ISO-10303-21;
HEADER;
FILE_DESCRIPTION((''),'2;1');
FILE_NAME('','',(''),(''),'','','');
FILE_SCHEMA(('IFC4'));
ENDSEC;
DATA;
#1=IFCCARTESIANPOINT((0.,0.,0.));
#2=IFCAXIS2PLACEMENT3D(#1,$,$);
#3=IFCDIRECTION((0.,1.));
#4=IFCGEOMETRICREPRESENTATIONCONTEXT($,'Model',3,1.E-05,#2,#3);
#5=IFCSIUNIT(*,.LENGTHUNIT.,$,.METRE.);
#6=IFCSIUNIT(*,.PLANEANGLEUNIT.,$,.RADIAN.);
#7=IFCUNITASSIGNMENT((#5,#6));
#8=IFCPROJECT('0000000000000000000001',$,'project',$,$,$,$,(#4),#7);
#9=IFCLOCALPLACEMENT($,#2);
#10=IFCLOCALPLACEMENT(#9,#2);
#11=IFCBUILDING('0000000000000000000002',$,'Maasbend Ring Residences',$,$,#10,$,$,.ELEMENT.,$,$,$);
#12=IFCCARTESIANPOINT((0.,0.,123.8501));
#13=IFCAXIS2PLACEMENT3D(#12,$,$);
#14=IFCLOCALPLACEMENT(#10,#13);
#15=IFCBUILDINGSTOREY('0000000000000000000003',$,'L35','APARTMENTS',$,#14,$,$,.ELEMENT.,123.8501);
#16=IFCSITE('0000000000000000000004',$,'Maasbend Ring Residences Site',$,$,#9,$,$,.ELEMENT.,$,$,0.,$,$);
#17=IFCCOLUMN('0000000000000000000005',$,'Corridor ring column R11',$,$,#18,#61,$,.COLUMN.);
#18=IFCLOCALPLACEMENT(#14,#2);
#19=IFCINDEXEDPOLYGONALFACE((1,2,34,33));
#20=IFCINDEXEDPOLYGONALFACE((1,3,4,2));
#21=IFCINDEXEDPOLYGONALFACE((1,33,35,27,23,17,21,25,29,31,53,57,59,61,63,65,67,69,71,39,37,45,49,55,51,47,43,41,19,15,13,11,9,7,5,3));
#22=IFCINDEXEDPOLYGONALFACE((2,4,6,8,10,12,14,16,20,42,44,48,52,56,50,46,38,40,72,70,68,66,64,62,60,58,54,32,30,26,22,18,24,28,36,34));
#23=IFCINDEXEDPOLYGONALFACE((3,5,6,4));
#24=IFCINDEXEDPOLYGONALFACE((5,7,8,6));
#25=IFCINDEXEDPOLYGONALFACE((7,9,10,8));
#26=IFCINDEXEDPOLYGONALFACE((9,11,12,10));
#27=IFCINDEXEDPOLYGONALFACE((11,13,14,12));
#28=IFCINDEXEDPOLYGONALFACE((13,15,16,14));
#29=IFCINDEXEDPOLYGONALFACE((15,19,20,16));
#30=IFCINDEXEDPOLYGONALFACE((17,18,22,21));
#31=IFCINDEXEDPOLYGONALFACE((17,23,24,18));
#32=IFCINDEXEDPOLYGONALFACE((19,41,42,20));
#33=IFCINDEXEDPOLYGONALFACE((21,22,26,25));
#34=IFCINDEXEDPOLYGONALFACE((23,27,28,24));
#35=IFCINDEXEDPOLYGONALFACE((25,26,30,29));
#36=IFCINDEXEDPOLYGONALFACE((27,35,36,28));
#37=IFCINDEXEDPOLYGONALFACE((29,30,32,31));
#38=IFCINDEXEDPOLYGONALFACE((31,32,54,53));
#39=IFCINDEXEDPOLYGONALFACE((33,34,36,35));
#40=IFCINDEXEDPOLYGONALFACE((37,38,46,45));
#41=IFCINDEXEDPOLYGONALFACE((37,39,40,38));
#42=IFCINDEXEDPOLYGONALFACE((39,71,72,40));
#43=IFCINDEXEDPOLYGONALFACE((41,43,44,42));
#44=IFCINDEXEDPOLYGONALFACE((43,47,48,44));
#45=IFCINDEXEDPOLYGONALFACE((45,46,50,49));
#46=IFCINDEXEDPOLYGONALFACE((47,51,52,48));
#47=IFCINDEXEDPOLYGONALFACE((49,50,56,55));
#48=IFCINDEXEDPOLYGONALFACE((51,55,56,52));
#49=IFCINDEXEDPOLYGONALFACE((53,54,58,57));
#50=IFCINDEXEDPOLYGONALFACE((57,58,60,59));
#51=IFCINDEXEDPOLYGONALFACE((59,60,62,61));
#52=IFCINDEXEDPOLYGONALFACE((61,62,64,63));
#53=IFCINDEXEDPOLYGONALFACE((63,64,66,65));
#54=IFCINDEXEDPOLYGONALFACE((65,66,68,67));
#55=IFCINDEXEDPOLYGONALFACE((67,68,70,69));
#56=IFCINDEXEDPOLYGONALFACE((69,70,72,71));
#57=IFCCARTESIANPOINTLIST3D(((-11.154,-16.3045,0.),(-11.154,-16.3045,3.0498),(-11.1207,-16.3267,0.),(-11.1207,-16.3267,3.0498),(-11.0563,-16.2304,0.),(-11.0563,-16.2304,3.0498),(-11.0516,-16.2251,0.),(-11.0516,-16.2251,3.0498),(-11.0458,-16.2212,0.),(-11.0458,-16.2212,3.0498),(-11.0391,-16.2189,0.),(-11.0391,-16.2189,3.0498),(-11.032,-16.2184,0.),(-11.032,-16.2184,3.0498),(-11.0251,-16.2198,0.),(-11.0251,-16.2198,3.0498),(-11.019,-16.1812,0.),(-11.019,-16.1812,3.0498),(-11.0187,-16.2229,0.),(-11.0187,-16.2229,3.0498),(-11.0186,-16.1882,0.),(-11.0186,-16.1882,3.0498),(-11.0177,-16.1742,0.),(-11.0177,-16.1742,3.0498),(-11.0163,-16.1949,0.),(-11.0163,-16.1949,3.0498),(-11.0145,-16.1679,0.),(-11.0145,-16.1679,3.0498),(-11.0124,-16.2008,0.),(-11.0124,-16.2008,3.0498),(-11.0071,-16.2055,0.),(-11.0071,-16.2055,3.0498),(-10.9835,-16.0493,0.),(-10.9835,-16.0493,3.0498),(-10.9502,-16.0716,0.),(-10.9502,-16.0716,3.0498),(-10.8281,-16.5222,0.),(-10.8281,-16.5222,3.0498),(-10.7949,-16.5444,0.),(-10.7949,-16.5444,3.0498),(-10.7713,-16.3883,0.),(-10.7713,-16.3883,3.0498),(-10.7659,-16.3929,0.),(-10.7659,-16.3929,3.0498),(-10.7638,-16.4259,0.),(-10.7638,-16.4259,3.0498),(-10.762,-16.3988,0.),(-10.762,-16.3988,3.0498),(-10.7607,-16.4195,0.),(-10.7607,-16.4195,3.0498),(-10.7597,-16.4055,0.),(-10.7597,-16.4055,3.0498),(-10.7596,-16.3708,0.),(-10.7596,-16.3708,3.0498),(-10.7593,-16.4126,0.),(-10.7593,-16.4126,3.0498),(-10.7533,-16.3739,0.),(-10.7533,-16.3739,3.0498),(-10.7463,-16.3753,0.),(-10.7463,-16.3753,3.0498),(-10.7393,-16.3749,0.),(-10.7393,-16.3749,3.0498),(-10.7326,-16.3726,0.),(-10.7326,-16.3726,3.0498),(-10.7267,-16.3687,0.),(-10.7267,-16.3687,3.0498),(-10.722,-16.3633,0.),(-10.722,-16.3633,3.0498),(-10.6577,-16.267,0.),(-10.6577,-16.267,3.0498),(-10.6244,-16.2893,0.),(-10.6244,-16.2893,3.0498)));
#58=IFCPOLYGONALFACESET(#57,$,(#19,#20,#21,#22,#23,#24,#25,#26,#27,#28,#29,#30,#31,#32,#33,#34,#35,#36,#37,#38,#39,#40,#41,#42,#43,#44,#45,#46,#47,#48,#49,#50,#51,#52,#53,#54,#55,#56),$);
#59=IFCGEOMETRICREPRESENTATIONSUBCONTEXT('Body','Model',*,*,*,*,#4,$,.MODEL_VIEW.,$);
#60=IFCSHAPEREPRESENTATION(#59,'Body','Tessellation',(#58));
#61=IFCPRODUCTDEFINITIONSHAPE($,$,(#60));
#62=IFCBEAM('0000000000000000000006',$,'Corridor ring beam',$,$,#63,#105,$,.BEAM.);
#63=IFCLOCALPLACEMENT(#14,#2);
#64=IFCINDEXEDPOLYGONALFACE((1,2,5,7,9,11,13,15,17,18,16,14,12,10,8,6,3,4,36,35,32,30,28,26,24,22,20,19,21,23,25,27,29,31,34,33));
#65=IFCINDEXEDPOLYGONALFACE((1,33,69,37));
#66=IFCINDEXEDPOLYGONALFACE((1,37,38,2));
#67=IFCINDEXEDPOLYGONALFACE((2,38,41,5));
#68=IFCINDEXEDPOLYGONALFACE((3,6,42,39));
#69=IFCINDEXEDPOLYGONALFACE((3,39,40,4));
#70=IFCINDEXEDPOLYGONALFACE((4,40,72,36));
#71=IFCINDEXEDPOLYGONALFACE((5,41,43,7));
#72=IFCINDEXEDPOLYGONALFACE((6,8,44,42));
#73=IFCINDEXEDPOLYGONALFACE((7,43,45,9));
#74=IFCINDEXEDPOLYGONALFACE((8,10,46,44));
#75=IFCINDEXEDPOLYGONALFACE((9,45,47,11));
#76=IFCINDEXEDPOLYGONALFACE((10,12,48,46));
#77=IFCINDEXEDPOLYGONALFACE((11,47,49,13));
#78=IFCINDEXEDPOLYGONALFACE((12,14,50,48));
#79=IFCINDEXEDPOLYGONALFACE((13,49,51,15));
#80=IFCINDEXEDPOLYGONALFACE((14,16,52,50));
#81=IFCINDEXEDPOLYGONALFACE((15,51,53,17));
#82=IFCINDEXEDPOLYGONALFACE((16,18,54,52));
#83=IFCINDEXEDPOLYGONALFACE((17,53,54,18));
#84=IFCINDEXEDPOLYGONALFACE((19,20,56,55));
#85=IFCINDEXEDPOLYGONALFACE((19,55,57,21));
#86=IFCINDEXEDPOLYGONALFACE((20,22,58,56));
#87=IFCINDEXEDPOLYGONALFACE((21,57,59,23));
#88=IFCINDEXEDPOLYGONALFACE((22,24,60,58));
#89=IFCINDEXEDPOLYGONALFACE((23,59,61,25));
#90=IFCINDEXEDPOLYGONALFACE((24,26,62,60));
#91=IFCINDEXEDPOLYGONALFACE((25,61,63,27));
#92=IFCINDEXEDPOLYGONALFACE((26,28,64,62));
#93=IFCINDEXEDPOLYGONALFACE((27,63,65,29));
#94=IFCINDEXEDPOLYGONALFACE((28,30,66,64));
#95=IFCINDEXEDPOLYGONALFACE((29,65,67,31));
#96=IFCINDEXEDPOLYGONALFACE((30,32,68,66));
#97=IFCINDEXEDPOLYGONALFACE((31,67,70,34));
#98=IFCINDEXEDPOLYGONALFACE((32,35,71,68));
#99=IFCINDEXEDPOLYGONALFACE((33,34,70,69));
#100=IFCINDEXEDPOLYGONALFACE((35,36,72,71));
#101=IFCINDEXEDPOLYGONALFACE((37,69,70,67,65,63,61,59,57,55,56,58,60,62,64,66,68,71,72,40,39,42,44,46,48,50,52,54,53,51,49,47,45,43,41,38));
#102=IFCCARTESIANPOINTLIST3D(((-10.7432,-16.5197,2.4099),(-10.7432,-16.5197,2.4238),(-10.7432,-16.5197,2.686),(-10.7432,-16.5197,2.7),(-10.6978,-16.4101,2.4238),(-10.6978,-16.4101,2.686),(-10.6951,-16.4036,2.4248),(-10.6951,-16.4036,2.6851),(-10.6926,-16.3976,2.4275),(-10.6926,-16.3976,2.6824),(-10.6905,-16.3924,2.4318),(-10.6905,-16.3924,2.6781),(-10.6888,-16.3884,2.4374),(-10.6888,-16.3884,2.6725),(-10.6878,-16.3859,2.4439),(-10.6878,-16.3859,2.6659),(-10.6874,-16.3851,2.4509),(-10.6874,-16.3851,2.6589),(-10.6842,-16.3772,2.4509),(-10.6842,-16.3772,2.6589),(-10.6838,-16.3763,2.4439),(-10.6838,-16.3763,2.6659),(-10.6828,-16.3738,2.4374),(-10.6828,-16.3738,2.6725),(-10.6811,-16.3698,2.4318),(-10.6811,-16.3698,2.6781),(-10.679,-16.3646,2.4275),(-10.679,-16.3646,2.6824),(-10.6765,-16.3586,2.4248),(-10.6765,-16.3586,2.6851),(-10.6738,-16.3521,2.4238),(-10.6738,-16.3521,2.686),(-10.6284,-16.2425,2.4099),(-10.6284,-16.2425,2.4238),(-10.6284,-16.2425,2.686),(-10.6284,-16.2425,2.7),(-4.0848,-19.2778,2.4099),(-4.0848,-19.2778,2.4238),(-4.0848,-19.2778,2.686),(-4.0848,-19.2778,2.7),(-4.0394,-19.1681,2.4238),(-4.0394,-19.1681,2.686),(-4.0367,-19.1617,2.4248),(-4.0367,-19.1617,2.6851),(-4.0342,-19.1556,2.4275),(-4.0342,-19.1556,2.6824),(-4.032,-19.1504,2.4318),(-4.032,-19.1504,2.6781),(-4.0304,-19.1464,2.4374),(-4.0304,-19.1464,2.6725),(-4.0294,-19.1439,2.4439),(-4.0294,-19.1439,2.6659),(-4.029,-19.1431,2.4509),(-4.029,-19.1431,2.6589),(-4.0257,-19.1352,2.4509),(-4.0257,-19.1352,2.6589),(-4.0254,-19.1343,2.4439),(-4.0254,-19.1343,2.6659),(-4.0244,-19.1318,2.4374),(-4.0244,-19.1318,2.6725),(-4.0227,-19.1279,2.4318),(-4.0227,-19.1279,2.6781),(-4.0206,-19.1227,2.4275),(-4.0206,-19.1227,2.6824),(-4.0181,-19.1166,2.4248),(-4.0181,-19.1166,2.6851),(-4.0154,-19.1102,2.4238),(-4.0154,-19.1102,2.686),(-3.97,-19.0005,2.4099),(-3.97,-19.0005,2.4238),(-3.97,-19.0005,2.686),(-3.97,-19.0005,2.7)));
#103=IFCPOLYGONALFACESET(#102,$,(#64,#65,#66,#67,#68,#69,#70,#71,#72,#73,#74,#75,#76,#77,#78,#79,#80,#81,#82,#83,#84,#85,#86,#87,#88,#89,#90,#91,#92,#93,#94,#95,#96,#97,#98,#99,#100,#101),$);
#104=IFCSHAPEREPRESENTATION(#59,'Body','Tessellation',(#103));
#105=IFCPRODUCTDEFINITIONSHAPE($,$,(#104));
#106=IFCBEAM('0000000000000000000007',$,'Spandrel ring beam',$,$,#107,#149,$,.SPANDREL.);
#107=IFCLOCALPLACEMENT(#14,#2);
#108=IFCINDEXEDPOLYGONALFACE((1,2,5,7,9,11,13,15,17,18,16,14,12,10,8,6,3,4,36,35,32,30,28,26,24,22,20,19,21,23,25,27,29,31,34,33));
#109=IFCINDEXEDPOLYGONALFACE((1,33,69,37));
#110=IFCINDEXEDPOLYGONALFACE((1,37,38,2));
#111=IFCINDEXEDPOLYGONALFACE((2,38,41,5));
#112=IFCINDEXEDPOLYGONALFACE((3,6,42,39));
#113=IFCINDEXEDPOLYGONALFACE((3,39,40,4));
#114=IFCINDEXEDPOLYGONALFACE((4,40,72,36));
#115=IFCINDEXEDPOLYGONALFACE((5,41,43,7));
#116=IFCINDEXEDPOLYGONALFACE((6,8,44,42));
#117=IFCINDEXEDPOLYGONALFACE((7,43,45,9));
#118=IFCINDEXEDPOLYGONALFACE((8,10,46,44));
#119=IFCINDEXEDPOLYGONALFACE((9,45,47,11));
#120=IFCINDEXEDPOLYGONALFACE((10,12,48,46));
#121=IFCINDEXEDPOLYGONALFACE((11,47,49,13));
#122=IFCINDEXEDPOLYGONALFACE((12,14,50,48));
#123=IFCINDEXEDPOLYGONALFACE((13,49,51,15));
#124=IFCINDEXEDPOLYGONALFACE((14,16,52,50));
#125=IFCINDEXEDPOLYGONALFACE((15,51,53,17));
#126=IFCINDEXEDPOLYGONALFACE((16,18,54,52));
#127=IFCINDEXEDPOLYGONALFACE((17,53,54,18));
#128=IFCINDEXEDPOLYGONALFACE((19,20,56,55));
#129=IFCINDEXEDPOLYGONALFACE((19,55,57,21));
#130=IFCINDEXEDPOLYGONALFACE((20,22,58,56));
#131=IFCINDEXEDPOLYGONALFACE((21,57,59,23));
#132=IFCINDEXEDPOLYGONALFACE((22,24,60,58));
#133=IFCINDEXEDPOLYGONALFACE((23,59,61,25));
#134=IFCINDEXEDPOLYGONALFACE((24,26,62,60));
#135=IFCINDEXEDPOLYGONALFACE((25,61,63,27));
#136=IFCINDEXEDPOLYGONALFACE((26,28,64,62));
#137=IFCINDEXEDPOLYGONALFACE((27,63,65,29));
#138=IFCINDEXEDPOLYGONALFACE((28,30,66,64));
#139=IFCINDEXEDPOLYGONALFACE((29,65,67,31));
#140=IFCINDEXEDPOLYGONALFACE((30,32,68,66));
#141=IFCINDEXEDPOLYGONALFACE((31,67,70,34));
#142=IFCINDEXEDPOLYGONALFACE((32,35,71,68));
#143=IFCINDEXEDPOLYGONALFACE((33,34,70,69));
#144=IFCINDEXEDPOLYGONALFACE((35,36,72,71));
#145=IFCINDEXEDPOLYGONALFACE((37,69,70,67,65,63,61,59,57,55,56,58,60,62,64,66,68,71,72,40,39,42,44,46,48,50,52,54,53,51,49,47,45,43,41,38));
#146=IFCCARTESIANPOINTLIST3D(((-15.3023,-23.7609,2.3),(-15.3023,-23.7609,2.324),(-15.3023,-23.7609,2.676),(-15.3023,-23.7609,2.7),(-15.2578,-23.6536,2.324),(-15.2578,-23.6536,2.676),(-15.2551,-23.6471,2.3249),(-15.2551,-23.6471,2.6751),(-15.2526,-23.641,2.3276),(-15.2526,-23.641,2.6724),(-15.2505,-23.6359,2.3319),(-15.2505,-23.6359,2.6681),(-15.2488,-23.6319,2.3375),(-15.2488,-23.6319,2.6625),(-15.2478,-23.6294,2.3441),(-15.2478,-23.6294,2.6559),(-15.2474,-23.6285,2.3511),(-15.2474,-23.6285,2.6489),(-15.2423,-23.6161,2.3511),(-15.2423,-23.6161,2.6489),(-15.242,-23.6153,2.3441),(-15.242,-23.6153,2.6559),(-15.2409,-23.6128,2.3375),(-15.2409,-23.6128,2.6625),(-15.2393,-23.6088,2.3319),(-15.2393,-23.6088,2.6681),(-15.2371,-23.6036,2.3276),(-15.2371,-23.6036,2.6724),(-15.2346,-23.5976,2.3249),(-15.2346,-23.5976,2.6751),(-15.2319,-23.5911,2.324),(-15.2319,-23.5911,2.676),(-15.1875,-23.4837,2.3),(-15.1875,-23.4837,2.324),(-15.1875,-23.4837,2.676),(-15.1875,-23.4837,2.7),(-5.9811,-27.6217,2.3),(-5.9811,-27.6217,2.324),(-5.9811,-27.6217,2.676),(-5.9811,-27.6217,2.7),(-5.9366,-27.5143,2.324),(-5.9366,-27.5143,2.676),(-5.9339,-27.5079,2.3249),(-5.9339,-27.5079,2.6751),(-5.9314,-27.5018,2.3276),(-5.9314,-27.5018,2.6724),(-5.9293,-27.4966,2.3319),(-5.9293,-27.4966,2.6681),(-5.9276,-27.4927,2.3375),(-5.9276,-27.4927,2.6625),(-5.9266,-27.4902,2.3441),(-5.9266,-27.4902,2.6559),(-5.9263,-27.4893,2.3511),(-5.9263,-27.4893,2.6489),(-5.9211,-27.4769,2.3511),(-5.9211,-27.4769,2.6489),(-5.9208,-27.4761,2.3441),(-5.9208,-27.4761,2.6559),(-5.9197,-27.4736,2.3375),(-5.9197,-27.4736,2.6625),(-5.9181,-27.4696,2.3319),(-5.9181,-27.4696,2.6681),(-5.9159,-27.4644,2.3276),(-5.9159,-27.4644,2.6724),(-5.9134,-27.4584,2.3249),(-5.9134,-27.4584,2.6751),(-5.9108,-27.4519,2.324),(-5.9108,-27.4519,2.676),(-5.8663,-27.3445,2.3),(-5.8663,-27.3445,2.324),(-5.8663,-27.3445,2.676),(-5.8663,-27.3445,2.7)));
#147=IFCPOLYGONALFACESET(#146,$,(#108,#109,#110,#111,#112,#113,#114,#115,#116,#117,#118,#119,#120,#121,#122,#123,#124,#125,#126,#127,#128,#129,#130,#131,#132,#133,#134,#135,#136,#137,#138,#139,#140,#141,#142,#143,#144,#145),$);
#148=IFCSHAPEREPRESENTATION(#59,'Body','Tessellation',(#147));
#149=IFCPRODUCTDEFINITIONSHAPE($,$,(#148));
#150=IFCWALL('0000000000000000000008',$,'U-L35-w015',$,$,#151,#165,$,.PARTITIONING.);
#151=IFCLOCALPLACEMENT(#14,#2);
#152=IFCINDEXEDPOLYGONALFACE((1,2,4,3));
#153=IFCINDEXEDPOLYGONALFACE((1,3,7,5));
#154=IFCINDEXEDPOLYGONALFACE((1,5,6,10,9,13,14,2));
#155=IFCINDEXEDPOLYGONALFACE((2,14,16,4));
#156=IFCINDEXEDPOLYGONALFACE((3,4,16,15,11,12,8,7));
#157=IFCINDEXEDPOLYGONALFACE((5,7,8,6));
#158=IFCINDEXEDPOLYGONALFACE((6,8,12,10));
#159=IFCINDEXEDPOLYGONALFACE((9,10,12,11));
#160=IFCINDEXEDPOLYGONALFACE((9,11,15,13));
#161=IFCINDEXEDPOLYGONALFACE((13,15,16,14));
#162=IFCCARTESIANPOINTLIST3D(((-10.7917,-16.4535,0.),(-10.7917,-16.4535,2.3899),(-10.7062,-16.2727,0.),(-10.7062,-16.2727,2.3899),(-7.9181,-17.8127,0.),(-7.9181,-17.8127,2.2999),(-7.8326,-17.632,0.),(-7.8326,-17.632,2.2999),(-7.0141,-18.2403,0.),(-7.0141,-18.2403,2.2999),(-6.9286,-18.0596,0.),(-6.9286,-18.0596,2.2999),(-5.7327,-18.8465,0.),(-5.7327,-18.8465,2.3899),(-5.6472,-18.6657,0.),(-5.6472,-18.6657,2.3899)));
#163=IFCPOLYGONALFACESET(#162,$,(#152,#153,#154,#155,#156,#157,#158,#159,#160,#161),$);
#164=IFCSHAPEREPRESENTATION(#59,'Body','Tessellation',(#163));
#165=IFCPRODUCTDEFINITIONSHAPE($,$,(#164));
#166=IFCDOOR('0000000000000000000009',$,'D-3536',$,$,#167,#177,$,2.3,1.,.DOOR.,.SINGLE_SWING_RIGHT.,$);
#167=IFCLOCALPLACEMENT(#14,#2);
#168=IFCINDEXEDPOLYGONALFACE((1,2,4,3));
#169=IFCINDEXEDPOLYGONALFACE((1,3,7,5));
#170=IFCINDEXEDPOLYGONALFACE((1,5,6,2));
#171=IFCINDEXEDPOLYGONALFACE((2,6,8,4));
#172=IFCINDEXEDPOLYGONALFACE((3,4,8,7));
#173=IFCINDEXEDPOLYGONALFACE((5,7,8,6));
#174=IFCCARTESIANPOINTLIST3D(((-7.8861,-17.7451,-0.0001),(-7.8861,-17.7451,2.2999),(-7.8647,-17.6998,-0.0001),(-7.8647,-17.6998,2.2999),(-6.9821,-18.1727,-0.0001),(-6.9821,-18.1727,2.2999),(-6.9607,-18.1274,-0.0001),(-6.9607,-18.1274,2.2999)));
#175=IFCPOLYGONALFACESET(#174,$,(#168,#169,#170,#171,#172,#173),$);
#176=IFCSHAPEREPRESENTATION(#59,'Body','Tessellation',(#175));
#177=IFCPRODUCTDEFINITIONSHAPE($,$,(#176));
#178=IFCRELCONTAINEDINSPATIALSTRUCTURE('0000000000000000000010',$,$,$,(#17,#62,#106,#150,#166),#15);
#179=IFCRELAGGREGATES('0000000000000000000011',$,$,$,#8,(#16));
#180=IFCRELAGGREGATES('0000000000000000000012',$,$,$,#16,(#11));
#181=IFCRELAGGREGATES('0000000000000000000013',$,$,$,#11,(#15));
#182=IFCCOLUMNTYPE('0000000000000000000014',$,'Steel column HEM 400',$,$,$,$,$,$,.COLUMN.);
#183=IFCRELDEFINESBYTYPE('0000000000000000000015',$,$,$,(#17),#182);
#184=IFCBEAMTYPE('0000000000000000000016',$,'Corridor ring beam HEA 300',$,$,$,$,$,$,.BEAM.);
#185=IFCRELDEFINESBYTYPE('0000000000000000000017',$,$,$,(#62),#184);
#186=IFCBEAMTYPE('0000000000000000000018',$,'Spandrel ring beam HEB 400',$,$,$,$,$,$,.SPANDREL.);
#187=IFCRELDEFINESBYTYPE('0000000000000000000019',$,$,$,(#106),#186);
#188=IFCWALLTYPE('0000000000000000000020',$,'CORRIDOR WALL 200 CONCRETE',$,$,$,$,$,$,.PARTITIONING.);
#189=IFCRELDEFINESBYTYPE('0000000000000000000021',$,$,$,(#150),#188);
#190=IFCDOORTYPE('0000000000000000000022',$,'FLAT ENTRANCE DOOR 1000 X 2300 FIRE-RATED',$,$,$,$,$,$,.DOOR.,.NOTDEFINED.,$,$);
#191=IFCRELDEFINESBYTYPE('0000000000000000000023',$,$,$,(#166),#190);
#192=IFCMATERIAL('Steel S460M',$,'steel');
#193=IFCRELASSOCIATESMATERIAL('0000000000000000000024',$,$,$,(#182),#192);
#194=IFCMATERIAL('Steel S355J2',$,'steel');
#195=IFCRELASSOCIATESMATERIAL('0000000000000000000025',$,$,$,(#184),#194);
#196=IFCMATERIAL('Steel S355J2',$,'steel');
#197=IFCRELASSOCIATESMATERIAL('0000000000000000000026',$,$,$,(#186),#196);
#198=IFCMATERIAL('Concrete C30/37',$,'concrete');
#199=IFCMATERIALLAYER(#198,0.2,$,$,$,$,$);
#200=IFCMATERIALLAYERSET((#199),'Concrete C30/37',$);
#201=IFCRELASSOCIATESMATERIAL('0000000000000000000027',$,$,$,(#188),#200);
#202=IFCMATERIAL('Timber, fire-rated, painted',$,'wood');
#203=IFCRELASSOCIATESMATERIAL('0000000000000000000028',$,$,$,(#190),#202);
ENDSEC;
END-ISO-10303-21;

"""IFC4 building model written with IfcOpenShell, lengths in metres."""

from ifc_helpers import new_model, si_unit, direction, frame, frame_2d, origin, origin_2d, place, context, subcontext, project, spatial, rectangle, i_section, extrude, material, layer, layer_set, material_profile, profile_set, type_object, element, fill, save


model = new_model("IFC4")

# Units and contexts
model_context = context("Model", 3, precision=1e-05, world=origin(), true_north=direction((0.0, 1.0)))
body_context = subcontext(model_context, "Body", "Model", "MODEL_VIEW")
ifc_project = project(units=[si_unit("LENGTHUNIT", "METRE"), si_unit("PLANEANGLEUNIT", "RADIAN")], contexts=[model_context])

# Site, building, storey
site_placement = place(None, origin())
site = spatial("IfcSite", under=ifc_project, at=site_placement, Name="Maasbend Ring Residences Site", CompositionType="ELEMENT", RefElevation=0.0)
building_placement = place(site_placement, origin())
building = spatial("IfcBuilding", under=site, at=building_placement, Name="Maasbend Ring Residences", CompositionType="ELEMENT")
storey_placement = place(building_placement, frame((0.0, 0.0, 123.8501)))
storey = spatial("IfcBuildingStorey", under=building, at=storey_placement, Name="L35", Description="APARTMENTS", CompositionType="ELEMENT", Elevation=123.8501)

# Column
ifc_material_1 = material(Name="Steel S460M", Category="steel")
ifc_material_profile_1 = material_profile(ifc_material_1, i_section(OverallWidth=0.3069, OverallDepth=0.4319, WebThickness=0.021, FlangeThickness=0.04, FilletRadius=0.0271, at=origin_2d()), Name="HEM 400")
ifc_profile_set_1 = profile_set([ifc_material_profile_1], Name="Steel S460M")
column_type = type_object("IfcColumnType", Name="Steel column HEM 400", PredefinedType="COLUMN", material=ifc_profile_set_1)
column_placement = place(storey_placement, frame((-10.8892, -16.2969, 0.0), z_axis=(0.0, 0.0, 1.0), x_axis=(-0.55557, -0.83147, 0.0)))
element("IfcColumn", 1, at=column_placement, inside=storey, type_object=column_type, Name="Corridor ring column R11", PredefinedType="COLUMN", context=body_context, shape_type="SweptSolid", body=[
    extrude(i_section(OverallWidth=0.3069, OverallDepth=0.4319, WebThickness=0.021, FlangeThickness=0.04, FilletRadius=0.0271, at=origin_2d()), origin(), (0.0, 0.0, 1.0), 3.0498),
])

# Beams
ifc_material_2 = material(Name="Steel S355J2", Category="steel")
ifc_material_profile_2 = material_profile(ifc_material_2, i_section(OverallWidth=0.3, OverallDepth=0.29, WebThickness=0.0085, FlangeThickness=0.0139, FilletRadius=0.0271, at=origin_2d()), Name="HEA 300")
ifc_profile_set_2 = profile_set([ifc_material_profile_2], Name="Steel S355J2")
beam_type_1 = type_object("IfcBeamType", Name="Corridor ring beam HEA 300", PredefinedType="BEAM", material=ifc_profile_set_2)
beam_1_placement = place(storey_placement, frame((-10.6858, -16.3811, 2.5549), z_axis=(0.923878, -0.382688, 0.0), x_axis=(0.382688, 0.923878, 0.0)))
element("IfcBeam", 2, at=beam_1_placement, inside=storey, type_object=beam_type_1, Name="Corridor ring beam", PredefinedType="BEAM", context=body_context, shape_type="SweptSolid", body=[
    extrude(i_section(OverallWidth=0.3, OverallDepth=0.29, WebThickness=0.0085, FlangeThickness=0.0139, FilletRadius=0.0271, at=origin_2d()), origin(), (0.0, 0.0, 1.0), 7.207),
])
ifc_material_3 = material(Name="Steel S355J2", Category="steel")
ifc_material_profile_3 = material_profile(ifc_material_3, i_section(OverallWidth=0.3, OverallDepth=0.3999, WebThickness=0.0134, FlangeThickness=0.0239, FilletRadius=0.0271, at=origin_2d()), Name="HEB 400")
ifc_profile_set_3 = profile_set([ifc_material_profile_3], Name="Steel S355J2")
beam_type_2 = type_object("IfcBeamType", Name="Spandrel ring beam HEB 400", PredefinedType="SPANDREL", material=ifc_profile_set_3)
beam_2_placement = place(storey_placement, frame((-15.2449, -23.6223, 2.5), z_axis=(0.923885, -0.38267, 0.0), x_axis=(0.38267, 0.923885, 0.0)))
element("IfcBeam", 3, at=beam_2_placement, inside=storey, type_object=beam_type_2, Name="Spandrel ring beam", PredefinedType="SPANDREL", context=body_context, shape_type="SweptSolid", body=[
    extrude(i_section(OverallWidth=0.3, OverallDepth=0.3999, WebThickness=0.0134, FlangeThickness=0.0239, FilletRadius=0.0271, at=origin_2d()), origin(), (0.0, 0.0, 1.0), 10.0891),
])

# Wall, opening, door
ifc_material_4 = material(Name="Concrete C30/37", Category="concrete")
ifc_layer_1 = layer(ifc_material_4, 0.2)
ifc_layer_set_1 = layer_set([ifc_layer_1], Name="Concrete C30/37")
wall_type_1 = type_object("IfcWallType", Name="CORRIDOR WALL 200 CONCRETE", PredefinedType="PARTITIONING", material=ifc_layer_set_1)
wall_1_placement = place(storey_placement, frame((-10.749, -16.363, 0.0), z_axis=(0.0, 0.0, 1.0), x_axis=(0.903969, -0.427599, 0.0)))
wall_1 = element("IfcWall", 4, at=wall_1_placement, inside=storey, type_object=wall_type_1, Name="U-L35-w015", PredefinedType="PARTITIONING", context=body_context, shape_type="SweptSolid", body=[
    extrude(rectangle(XDim=5.5964, YDim=0.2, at=frame_2d((2.7983, 0.0))), origin(), (0.0, 0.0, 1.0), 2.3899),
])
opening_1_placement = place(wall_1_placement, frame((3.179, 0.0, 0.0)))
opening_1 = element("IfcOpeningElement", 5, at=opening_1_placement, cuts=wall_1, PredefinedType="OPENING", context=body_context, shape_type="SweptSolid", body=[
    extrude(rectangle(XDim=1.0, YDim=2.3, at=frame_2d((0.5, 1.1499))), frame((0.0, 0.1099, 0.0), z_axis=(0.0, -1.0, 0.0), x_axis=(1.0, 0.0, 0.0)), (0.0, 0.0, 1.0), 0.22),
])
ifc_material_5 = material(Name="Timber, fire-rated, painted", Category="wood")
door_type_1 = type_object("IfcDoorType", Name="FLAT ENTRANCE DOOR 1000 X 2300 FIRE-RATED", OperationType="NOTDEFINED", PredefinedType="DOOR", material=ifc_material_5)
door_1_placement = place(opening_1_placement, origin())
door_1 = element("IfcDoor", 6, at=door_1_placement, inside=storey, type_object=door_type_1, Name="D-3536", OperationType="SINGLE_SWING_RIGHT", OverallHeight=2.3, OverallWidth=1.0, PredefinedType="DOOR", context=body_context, shape_type="SweptSolid", body=[
    extrude(rectangle(XDim=1.0, YDim=2.3, at=frame_2d((0.5, 1.1499))), frame((0.0, 0.0249, 0.0), z_axis=(0.0, -1.0, 0.0), x_axis=(1.0, 0.0, 0.0)), (0.0, 0.0, 1.0), 0.05),
])
fill(opening_1, door_1)

save(model, "model.ifc")
